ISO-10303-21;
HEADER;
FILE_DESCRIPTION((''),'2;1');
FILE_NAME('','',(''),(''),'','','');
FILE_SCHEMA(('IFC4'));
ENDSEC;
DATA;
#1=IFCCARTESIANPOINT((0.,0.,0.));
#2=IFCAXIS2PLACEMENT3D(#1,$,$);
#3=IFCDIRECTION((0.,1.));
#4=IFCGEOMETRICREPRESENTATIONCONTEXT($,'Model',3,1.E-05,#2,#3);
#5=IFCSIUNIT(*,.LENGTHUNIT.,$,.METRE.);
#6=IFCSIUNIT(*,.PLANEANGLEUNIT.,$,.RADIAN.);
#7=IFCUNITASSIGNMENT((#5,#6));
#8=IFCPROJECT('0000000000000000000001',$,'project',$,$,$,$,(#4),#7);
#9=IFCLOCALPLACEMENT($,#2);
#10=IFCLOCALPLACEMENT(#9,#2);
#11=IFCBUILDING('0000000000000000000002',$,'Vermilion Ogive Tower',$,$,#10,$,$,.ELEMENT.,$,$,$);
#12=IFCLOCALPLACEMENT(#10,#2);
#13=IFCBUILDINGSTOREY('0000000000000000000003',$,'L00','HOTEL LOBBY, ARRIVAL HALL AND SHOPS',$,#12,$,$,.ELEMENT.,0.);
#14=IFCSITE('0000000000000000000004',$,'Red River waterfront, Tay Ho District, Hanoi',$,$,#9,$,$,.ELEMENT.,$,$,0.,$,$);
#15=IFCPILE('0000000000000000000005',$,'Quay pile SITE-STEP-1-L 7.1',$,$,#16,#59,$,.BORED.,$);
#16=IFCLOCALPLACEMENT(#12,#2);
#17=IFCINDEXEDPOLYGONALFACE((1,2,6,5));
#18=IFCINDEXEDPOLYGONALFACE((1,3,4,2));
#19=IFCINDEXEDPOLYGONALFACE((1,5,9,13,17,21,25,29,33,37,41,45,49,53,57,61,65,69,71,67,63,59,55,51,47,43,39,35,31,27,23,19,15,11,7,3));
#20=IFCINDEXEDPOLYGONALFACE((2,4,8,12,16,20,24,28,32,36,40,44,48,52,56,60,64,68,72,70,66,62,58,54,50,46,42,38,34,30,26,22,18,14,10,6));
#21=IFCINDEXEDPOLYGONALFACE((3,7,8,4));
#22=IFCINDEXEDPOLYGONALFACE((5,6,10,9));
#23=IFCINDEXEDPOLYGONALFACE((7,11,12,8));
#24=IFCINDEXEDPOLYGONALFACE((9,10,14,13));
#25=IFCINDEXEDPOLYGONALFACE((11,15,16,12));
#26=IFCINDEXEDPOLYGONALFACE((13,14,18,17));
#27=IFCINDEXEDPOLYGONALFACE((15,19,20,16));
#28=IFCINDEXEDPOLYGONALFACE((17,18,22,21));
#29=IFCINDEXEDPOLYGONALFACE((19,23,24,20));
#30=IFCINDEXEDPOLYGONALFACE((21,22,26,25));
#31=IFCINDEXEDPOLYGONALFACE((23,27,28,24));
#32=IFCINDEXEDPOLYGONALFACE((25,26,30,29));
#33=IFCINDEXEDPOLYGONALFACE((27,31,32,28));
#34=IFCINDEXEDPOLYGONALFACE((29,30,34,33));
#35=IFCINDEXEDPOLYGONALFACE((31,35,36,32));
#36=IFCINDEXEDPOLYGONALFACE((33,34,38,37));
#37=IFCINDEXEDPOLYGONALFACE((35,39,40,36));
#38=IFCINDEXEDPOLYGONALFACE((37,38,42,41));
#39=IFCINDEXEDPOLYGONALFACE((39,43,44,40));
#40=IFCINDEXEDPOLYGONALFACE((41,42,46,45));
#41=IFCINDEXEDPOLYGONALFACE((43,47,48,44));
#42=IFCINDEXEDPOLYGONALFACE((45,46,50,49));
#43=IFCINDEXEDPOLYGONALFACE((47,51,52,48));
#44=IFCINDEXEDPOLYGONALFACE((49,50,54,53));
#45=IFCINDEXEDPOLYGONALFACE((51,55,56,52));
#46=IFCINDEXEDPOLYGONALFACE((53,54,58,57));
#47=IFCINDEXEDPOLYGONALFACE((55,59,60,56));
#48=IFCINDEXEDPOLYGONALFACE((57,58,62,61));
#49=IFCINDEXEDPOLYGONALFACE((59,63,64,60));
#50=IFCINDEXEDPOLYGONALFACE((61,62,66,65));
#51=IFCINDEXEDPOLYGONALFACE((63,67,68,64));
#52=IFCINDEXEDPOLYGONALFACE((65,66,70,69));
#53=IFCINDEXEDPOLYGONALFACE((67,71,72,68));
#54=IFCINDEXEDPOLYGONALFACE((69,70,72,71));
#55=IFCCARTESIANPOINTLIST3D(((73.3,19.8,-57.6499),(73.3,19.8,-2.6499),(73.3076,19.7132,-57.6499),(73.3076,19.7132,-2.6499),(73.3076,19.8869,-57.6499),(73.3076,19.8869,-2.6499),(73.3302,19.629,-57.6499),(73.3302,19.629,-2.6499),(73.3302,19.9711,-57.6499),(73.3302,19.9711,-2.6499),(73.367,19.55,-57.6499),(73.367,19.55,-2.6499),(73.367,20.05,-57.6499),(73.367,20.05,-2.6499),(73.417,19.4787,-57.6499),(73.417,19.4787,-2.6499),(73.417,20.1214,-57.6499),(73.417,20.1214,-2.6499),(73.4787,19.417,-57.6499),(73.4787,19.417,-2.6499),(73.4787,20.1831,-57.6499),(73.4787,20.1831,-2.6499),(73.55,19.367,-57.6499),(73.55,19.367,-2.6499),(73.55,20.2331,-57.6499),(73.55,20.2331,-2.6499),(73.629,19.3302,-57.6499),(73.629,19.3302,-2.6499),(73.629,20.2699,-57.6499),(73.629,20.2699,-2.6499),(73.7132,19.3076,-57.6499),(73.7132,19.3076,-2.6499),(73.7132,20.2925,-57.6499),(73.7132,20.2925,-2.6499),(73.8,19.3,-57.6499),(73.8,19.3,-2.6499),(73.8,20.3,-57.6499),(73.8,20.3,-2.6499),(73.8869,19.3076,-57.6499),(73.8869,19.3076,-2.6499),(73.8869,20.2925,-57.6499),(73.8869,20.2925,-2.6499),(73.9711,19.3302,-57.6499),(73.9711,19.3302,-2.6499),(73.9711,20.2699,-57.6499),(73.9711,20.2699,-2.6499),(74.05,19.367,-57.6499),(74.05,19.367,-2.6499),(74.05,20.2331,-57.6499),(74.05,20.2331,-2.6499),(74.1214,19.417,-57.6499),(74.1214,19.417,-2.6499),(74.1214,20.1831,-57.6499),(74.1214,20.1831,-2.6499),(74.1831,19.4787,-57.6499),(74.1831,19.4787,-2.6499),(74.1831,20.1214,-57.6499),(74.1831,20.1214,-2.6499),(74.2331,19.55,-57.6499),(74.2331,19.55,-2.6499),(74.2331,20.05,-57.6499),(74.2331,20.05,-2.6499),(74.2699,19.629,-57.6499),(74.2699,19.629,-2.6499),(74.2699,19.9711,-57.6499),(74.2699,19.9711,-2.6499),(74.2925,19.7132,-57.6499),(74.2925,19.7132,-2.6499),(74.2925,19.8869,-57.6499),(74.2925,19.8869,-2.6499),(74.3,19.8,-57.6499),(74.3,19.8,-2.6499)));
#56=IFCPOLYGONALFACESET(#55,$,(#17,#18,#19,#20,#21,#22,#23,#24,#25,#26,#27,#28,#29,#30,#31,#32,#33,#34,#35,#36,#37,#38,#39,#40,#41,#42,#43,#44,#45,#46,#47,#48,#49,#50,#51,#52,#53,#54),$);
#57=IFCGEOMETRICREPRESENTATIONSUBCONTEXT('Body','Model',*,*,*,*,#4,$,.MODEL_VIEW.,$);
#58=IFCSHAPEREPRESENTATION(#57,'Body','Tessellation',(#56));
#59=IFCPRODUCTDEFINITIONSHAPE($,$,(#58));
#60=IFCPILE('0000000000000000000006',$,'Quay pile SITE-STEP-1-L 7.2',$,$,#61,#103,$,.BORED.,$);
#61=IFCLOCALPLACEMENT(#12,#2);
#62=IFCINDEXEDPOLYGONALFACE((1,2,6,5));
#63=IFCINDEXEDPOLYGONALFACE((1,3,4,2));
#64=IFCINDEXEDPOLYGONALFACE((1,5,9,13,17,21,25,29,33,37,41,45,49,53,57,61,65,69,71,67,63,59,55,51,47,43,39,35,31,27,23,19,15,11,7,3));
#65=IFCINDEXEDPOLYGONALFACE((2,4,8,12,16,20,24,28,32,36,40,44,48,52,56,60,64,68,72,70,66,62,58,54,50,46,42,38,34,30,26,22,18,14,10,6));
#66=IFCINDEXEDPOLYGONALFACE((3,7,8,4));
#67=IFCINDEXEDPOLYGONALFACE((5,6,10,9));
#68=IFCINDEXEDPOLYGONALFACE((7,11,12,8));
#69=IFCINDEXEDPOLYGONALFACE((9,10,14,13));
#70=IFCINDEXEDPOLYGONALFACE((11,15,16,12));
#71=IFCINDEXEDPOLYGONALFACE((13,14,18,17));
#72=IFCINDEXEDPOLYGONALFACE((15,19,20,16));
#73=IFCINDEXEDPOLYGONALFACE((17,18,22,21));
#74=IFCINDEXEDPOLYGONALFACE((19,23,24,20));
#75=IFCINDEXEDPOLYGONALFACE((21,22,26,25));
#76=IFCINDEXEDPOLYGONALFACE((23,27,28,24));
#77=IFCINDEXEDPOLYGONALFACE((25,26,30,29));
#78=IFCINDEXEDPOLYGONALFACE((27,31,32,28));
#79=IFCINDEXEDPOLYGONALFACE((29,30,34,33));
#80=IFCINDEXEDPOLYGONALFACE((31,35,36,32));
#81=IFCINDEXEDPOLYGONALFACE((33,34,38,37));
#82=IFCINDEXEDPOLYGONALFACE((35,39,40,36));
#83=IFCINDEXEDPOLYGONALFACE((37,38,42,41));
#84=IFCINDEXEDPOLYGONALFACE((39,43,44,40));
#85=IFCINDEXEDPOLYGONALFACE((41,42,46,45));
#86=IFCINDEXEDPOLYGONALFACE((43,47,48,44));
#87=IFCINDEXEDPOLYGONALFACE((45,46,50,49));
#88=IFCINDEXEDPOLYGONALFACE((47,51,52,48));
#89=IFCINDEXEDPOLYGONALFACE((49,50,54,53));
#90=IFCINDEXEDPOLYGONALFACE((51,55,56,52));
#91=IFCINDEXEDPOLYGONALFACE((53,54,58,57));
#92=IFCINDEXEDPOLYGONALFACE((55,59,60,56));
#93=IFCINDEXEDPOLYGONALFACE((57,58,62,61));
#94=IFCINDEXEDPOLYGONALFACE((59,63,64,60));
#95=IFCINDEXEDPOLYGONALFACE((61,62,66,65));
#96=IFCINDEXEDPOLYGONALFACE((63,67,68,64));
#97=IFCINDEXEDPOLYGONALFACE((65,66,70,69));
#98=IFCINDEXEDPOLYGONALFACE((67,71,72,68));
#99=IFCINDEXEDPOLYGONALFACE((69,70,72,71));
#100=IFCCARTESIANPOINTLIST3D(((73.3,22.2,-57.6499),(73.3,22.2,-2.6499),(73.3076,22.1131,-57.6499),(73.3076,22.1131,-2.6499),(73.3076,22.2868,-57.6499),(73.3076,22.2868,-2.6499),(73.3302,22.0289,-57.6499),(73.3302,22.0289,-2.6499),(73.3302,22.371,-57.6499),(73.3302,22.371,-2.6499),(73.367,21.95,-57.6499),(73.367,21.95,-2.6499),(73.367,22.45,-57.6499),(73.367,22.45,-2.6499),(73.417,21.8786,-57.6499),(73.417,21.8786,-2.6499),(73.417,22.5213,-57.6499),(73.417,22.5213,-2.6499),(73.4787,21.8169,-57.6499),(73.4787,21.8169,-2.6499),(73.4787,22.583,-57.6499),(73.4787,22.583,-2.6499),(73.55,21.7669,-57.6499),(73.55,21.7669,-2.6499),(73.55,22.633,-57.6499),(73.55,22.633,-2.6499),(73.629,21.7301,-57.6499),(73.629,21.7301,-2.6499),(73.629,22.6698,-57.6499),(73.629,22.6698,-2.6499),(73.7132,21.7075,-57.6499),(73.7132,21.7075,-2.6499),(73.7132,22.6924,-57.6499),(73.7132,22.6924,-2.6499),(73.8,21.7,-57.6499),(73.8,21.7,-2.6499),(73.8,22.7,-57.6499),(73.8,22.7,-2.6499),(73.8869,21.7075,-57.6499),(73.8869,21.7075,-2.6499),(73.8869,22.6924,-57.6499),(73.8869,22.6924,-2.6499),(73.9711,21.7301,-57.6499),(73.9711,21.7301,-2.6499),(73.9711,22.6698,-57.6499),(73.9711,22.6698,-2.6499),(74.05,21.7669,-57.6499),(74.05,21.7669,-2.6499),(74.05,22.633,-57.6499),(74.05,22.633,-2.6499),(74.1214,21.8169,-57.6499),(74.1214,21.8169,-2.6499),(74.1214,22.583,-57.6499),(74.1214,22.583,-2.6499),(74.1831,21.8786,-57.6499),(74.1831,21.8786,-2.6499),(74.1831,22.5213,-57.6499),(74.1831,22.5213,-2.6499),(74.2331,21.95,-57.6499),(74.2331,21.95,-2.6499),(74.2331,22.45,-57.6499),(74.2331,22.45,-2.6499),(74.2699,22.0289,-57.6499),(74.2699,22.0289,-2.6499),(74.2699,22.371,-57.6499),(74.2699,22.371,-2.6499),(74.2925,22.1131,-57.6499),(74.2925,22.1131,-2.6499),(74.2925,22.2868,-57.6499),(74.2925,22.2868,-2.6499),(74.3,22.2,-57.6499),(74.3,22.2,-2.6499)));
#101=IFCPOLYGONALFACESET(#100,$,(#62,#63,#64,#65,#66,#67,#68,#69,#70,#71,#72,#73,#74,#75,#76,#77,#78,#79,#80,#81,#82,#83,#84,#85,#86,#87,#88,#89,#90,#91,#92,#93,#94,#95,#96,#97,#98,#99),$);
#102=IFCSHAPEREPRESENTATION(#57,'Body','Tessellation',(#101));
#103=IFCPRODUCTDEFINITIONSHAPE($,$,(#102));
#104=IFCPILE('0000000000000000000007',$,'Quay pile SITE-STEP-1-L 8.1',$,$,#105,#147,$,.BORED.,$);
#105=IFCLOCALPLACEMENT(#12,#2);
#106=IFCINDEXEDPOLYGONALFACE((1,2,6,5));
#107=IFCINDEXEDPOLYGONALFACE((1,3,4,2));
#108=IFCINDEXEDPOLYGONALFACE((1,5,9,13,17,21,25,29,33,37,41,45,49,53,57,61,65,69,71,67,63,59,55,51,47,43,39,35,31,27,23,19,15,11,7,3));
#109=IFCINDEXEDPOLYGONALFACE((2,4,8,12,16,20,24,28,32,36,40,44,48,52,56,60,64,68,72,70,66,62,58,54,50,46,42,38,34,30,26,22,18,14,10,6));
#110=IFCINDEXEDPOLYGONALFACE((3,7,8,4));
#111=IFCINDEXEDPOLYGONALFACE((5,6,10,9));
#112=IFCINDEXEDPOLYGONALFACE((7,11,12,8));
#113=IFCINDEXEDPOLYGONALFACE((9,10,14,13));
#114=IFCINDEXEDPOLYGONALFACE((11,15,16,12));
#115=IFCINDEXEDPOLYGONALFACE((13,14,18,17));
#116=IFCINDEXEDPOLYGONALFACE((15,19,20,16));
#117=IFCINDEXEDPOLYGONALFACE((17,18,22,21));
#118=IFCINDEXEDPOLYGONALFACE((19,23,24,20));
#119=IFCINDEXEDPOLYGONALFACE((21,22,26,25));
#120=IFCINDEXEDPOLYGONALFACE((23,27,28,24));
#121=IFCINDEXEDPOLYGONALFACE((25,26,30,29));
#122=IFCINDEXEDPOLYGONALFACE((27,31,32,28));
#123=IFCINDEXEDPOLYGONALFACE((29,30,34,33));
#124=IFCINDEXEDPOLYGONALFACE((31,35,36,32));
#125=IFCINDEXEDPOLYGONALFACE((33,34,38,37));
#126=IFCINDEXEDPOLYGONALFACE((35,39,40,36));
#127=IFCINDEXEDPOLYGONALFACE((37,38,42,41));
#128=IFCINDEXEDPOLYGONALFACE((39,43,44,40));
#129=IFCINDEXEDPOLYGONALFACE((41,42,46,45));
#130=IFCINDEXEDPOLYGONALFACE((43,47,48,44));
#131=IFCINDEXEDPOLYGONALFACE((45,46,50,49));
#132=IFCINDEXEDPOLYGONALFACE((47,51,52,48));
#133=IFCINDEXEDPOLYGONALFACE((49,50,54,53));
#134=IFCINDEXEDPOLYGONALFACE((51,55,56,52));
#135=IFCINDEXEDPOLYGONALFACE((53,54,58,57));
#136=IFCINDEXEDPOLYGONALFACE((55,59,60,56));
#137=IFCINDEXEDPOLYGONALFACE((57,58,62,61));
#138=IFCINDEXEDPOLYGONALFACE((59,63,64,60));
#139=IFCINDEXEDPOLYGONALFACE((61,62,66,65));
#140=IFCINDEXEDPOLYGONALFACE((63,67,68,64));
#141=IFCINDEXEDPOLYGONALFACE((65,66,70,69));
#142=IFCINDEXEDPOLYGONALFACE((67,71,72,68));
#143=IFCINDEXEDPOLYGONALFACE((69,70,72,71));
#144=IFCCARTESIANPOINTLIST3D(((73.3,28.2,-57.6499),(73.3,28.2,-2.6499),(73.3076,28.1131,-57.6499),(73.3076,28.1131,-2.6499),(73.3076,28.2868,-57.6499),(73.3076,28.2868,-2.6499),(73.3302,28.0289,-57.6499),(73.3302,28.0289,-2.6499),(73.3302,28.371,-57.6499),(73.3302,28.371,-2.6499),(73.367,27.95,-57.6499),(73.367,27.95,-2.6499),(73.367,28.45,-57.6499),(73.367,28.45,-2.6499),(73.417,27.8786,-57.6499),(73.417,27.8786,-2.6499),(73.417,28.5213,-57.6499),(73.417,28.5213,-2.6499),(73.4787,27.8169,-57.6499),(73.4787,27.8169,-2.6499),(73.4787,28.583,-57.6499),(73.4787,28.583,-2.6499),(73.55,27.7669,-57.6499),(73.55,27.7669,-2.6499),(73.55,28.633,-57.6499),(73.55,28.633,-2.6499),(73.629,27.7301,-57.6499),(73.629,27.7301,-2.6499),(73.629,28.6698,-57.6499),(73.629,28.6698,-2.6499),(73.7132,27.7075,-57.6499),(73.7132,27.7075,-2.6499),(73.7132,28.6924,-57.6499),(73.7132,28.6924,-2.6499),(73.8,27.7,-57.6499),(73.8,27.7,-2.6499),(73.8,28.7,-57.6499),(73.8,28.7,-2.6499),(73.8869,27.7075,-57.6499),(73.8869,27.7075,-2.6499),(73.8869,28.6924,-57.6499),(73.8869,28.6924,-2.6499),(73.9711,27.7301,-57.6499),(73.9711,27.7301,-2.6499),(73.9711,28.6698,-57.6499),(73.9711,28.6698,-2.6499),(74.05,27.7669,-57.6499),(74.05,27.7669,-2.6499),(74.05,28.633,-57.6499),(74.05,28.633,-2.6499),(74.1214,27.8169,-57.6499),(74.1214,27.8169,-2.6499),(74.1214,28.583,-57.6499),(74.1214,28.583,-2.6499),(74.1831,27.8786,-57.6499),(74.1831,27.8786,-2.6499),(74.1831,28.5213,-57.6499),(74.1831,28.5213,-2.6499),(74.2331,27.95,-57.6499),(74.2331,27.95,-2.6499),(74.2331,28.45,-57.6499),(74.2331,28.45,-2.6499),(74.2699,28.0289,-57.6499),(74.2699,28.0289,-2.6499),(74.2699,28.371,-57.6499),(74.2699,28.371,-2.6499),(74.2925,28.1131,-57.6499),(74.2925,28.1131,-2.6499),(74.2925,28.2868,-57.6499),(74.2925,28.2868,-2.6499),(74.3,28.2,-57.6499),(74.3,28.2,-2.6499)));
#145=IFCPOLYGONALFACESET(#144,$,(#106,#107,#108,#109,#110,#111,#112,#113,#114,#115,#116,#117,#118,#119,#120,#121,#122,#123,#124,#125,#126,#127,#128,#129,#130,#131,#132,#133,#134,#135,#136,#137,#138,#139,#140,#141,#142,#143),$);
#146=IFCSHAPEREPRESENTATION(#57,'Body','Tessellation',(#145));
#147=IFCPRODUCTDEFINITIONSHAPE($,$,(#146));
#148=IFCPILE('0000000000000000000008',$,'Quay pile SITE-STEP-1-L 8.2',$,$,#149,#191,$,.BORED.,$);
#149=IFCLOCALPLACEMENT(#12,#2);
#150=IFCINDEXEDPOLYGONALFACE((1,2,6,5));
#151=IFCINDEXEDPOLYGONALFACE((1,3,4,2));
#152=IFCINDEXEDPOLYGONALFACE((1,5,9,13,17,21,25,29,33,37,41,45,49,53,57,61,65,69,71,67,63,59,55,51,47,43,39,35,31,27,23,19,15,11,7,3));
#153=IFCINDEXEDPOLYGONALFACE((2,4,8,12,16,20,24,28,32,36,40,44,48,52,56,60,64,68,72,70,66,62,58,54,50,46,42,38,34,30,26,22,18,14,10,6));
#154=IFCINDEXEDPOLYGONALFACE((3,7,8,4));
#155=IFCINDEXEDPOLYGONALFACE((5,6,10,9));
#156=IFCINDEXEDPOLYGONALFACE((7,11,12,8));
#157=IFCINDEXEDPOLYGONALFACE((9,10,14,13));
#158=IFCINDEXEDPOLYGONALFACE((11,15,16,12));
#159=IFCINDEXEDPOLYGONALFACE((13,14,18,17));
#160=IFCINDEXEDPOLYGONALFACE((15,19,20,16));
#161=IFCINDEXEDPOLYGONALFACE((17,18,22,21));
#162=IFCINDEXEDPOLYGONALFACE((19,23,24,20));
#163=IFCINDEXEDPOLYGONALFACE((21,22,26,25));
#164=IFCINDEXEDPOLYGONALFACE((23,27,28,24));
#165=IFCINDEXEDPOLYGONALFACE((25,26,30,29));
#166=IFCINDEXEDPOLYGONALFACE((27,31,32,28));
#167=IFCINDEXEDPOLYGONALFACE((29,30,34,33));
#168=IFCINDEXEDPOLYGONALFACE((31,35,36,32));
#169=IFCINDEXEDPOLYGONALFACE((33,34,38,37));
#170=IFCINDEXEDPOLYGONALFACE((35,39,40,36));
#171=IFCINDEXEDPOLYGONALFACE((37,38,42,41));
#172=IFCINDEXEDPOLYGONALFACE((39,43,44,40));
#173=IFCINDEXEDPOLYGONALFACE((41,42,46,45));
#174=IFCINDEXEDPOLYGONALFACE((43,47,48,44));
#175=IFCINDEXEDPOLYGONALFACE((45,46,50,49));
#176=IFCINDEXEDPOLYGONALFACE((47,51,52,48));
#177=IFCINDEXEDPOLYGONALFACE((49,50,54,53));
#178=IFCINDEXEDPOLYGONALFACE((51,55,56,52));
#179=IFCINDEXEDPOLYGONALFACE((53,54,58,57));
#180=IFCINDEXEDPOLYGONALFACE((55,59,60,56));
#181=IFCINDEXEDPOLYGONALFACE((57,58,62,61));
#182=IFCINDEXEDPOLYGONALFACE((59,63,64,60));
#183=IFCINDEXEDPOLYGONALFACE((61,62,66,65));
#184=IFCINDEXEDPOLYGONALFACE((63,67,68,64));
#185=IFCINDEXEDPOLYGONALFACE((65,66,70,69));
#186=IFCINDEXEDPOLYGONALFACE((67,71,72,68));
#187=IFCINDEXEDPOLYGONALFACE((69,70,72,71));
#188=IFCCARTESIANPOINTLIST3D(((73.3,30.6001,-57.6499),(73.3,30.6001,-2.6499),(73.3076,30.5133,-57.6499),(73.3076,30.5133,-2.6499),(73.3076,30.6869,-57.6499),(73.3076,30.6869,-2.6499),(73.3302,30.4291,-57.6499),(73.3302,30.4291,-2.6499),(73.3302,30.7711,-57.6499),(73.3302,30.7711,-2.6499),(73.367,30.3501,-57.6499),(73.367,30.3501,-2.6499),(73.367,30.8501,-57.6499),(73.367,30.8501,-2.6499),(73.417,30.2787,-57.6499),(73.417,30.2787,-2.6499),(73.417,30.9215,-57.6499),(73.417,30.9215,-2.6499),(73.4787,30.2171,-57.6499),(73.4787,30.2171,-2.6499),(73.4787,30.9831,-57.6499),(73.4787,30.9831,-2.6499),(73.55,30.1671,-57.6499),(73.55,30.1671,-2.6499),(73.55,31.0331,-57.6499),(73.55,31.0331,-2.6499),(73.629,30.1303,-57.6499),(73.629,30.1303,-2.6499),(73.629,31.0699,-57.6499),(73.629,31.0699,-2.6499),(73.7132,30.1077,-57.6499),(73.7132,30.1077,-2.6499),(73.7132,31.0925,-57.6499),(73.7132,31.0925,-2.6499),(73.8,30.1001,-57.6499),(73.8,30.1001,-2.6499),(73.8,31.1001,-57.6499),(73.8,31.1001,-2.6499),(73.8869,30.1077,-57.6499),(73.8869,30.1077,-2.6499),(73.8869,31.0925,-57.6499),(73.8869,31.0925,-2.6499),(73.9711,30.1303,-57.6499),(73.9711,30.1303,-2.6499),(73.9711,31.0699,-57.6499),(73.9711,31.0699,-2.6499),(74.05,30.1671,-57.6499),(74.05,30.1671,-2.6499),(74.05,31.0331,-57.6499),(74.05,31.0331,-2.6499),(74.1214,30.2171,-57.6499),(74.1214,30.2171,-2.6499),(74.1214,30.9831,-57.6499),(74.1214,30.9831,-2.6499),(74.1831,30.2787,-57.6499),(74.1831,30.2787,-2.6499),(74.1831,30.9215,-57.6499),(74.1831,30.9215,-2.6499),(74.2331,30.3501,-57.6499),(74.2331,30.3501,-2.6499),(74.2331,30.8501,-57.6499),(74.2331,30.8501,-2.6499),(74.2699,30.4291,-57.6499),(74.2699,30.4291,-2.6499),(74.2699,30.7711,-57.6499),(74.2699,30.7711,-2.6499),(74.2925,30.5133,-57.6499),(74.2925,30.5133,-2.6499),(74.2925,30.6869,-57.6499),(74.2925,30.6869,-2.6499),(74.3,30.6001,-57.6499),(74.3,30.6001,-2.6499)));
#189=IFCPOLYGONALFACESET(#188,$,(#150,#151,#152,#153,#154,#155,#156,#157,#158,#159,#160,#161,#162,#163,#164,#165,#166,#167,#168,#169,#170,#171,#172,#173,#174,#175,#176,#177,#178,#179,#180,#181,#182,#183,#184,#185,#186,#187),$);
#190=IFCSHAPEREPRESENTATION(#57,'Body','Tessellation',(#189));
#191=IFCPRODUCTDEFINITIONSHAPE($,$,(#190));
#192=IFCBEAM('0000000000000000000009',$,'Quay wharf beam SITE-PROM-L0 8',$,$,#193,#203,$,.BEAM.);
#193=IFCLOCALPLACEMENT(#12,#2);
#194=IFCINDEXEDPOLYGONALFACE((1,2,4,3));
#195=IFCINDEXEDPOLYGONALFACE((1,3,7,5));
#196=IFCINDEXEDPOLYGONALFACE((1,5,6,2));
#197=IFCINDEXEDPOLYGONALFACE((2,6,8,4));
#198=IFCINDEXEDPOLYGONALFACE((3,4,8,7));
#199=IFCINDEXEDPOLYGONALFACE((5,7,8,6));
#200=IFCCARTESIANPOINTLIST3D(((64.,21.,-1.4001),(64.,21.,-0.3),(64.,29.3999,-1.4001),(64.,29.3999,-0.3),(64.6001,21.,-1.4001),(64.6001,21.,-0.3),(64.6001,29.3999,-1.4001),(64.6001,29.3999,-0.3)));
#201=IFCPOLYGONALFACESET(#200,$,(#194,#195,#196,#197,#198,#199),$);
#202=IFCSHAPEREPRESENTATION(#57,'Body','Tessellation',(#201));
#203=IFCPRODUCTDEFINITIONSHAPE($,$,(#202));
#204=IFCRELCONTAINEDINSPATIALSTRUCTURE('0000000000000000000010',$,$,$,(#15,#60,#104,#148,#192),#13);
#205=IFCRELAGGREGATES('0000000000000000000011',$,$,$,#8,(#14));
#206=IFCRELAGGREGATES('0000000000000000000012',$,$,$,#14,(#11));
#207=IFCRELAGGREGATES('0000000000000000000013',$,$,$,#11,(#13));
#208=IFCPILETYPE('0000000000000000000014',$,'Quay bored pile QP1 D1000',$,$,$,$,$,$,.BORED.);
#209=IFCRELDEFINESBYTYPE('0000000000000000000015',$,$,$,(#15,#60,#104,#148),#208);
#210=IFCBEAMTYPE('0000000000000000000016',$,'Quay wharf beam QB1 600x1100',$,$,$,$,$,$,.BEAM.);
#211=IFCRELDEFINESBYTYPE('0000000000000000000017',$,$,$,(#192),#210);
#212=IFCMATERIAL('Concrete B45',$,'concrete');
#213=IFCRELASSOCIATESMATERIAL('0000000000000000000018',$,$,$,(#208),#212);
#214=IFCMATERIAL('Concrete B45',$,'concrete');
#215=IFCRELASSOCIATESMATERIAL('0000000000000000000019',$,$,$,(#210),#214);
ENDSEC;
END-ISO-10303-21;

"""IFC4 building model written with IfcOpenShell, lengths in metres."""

from ifc_helpers import new_model, si_unit, direction, frame, origin, origin_2d, place, context, subcontext, project, spatial, rectangle, circle, extrude, material, material_profile, profile_set, type_object, element, save


model = new_model("IFC4")

# Units and contexts
model_context = context("Model", 3, precision=1e-05, world=origin(), true_north=direction((0.0, 1.0)))
body_context = subcontext(model_context, "Body", "Model", "MODEL_VIEW")
ifc_project = project(units=[si_unit("LENGTHUNIT", "METRE"), si_unit("PLANEANGLEUNIT", "RADIAN")], contexts=[model_context])

# Site, building, storey
site_placement = place(None, origin())
site = spatial("IfcSite", under=ifc_project, at=site_placement, Name="Red River waterfront, Tay Ho District, Hanoi", CompositionType="ELEMENT", RefElevation=0.0)
building_placement = place(site_placement, origin())
building = spatial("IfcBuilding", under=site, at=building_placement, Name="Vermilion Ogive Tower", CompositionType="ELEMENT")
storey_placement = place(building_placement, origin())
storey = spatial("IfcBuildingStorey", under=building, at=storey_placement, Name="L00", Description="HOTEL LOBBY, ARRIVAL HALL AND SHOPS", CompositionType="ELEMENT", Elevation=0.0)

# Piles
ifc_material_1 = material(Name="Concrete B45", Category="concrete")
pile_type = type_object("IfcPileType", Name="Quay bored pile QP1 D1000", PredefinedType="BORED", material=ifc_material_1)
for number, where, z_axis, x_axis, name in (
    (1, (73.8, 19.8, -2.6499), (0.0, 0.0, -1.0), (1.0, 0.0, 0.0), "Quay pile SITE-STEP-1-L 7.1"),
    (2, (73.8, 22.2, -2.6499), (0.0, 0.0, -1.0), (1.0, 0.0, 0.0), "Quay pile SITE-STEP-1-L 7.2"),
    (3, (73.8, 28.2, -2.6499), (0.0, 0.0, -1.0), (1.0, 0.0, 0.0), "Quay pile SITE-STEP-1-L 8.1"),
    (4, (73.8, 30.6001, -2.6499), (0.0, 0.0, -1.0), (1.0, 0.0, 0.0), "Quay pile SITE-STEP-1-L 8.2"),
):
    element("IfcPile", number, at=place(storey_placement, frame(where, z_axis=z_axis, x_axis=x_axis)), inside=storey, type_object=pile_type, Name=name, PredefinedType="BORED", context=body_context, shape_type="SweptSolid", body=[
        extrude(circle(Radius=0.5, at=origin_2d()), origin(), (0.0, 0.0, 1.0), 55.0),
    ])

# Beam
ifc_material_2 = material(Name="Concrete B45", Category="concrete")
ifc_material_profile = material_profile(ifc_material_2, rectangle(XDim=0.6001, YDim=1.1001, at=origin_2d()), Name="RC 600x1100")
ifc_profile_set = profile_set([ifc_material_profile], Name="Concrete B45")
beam_type = type_object("IfcBeamType", Name="Quay wharf beam QB1 600x1100", PredefinedType="BEAM", material=ifc_profile_set)
beam_1_placement = place(storey_placement, frame((64.3, 21.0, -0.8501), z_axis=(0.0, 1.0, 0.0), x_axis=(-1.0, 0.0, 0.0)))
element("IfcBeam", 5, at=beam_1_placement, inside=storey, type_object=beam_type, Name="Quay wharf beam SITE-PROM-L0 8", PredefinedType="BEAM", context=body_context, shape_type="SweptSolid", body=[
    extrude(rectangle(XDim=0.6001, YDim=1.1001, at=origin_2d()), origin(), (0.0, 0.0, 1.0), 8.3999),
])

save(model, "model.ifc")
